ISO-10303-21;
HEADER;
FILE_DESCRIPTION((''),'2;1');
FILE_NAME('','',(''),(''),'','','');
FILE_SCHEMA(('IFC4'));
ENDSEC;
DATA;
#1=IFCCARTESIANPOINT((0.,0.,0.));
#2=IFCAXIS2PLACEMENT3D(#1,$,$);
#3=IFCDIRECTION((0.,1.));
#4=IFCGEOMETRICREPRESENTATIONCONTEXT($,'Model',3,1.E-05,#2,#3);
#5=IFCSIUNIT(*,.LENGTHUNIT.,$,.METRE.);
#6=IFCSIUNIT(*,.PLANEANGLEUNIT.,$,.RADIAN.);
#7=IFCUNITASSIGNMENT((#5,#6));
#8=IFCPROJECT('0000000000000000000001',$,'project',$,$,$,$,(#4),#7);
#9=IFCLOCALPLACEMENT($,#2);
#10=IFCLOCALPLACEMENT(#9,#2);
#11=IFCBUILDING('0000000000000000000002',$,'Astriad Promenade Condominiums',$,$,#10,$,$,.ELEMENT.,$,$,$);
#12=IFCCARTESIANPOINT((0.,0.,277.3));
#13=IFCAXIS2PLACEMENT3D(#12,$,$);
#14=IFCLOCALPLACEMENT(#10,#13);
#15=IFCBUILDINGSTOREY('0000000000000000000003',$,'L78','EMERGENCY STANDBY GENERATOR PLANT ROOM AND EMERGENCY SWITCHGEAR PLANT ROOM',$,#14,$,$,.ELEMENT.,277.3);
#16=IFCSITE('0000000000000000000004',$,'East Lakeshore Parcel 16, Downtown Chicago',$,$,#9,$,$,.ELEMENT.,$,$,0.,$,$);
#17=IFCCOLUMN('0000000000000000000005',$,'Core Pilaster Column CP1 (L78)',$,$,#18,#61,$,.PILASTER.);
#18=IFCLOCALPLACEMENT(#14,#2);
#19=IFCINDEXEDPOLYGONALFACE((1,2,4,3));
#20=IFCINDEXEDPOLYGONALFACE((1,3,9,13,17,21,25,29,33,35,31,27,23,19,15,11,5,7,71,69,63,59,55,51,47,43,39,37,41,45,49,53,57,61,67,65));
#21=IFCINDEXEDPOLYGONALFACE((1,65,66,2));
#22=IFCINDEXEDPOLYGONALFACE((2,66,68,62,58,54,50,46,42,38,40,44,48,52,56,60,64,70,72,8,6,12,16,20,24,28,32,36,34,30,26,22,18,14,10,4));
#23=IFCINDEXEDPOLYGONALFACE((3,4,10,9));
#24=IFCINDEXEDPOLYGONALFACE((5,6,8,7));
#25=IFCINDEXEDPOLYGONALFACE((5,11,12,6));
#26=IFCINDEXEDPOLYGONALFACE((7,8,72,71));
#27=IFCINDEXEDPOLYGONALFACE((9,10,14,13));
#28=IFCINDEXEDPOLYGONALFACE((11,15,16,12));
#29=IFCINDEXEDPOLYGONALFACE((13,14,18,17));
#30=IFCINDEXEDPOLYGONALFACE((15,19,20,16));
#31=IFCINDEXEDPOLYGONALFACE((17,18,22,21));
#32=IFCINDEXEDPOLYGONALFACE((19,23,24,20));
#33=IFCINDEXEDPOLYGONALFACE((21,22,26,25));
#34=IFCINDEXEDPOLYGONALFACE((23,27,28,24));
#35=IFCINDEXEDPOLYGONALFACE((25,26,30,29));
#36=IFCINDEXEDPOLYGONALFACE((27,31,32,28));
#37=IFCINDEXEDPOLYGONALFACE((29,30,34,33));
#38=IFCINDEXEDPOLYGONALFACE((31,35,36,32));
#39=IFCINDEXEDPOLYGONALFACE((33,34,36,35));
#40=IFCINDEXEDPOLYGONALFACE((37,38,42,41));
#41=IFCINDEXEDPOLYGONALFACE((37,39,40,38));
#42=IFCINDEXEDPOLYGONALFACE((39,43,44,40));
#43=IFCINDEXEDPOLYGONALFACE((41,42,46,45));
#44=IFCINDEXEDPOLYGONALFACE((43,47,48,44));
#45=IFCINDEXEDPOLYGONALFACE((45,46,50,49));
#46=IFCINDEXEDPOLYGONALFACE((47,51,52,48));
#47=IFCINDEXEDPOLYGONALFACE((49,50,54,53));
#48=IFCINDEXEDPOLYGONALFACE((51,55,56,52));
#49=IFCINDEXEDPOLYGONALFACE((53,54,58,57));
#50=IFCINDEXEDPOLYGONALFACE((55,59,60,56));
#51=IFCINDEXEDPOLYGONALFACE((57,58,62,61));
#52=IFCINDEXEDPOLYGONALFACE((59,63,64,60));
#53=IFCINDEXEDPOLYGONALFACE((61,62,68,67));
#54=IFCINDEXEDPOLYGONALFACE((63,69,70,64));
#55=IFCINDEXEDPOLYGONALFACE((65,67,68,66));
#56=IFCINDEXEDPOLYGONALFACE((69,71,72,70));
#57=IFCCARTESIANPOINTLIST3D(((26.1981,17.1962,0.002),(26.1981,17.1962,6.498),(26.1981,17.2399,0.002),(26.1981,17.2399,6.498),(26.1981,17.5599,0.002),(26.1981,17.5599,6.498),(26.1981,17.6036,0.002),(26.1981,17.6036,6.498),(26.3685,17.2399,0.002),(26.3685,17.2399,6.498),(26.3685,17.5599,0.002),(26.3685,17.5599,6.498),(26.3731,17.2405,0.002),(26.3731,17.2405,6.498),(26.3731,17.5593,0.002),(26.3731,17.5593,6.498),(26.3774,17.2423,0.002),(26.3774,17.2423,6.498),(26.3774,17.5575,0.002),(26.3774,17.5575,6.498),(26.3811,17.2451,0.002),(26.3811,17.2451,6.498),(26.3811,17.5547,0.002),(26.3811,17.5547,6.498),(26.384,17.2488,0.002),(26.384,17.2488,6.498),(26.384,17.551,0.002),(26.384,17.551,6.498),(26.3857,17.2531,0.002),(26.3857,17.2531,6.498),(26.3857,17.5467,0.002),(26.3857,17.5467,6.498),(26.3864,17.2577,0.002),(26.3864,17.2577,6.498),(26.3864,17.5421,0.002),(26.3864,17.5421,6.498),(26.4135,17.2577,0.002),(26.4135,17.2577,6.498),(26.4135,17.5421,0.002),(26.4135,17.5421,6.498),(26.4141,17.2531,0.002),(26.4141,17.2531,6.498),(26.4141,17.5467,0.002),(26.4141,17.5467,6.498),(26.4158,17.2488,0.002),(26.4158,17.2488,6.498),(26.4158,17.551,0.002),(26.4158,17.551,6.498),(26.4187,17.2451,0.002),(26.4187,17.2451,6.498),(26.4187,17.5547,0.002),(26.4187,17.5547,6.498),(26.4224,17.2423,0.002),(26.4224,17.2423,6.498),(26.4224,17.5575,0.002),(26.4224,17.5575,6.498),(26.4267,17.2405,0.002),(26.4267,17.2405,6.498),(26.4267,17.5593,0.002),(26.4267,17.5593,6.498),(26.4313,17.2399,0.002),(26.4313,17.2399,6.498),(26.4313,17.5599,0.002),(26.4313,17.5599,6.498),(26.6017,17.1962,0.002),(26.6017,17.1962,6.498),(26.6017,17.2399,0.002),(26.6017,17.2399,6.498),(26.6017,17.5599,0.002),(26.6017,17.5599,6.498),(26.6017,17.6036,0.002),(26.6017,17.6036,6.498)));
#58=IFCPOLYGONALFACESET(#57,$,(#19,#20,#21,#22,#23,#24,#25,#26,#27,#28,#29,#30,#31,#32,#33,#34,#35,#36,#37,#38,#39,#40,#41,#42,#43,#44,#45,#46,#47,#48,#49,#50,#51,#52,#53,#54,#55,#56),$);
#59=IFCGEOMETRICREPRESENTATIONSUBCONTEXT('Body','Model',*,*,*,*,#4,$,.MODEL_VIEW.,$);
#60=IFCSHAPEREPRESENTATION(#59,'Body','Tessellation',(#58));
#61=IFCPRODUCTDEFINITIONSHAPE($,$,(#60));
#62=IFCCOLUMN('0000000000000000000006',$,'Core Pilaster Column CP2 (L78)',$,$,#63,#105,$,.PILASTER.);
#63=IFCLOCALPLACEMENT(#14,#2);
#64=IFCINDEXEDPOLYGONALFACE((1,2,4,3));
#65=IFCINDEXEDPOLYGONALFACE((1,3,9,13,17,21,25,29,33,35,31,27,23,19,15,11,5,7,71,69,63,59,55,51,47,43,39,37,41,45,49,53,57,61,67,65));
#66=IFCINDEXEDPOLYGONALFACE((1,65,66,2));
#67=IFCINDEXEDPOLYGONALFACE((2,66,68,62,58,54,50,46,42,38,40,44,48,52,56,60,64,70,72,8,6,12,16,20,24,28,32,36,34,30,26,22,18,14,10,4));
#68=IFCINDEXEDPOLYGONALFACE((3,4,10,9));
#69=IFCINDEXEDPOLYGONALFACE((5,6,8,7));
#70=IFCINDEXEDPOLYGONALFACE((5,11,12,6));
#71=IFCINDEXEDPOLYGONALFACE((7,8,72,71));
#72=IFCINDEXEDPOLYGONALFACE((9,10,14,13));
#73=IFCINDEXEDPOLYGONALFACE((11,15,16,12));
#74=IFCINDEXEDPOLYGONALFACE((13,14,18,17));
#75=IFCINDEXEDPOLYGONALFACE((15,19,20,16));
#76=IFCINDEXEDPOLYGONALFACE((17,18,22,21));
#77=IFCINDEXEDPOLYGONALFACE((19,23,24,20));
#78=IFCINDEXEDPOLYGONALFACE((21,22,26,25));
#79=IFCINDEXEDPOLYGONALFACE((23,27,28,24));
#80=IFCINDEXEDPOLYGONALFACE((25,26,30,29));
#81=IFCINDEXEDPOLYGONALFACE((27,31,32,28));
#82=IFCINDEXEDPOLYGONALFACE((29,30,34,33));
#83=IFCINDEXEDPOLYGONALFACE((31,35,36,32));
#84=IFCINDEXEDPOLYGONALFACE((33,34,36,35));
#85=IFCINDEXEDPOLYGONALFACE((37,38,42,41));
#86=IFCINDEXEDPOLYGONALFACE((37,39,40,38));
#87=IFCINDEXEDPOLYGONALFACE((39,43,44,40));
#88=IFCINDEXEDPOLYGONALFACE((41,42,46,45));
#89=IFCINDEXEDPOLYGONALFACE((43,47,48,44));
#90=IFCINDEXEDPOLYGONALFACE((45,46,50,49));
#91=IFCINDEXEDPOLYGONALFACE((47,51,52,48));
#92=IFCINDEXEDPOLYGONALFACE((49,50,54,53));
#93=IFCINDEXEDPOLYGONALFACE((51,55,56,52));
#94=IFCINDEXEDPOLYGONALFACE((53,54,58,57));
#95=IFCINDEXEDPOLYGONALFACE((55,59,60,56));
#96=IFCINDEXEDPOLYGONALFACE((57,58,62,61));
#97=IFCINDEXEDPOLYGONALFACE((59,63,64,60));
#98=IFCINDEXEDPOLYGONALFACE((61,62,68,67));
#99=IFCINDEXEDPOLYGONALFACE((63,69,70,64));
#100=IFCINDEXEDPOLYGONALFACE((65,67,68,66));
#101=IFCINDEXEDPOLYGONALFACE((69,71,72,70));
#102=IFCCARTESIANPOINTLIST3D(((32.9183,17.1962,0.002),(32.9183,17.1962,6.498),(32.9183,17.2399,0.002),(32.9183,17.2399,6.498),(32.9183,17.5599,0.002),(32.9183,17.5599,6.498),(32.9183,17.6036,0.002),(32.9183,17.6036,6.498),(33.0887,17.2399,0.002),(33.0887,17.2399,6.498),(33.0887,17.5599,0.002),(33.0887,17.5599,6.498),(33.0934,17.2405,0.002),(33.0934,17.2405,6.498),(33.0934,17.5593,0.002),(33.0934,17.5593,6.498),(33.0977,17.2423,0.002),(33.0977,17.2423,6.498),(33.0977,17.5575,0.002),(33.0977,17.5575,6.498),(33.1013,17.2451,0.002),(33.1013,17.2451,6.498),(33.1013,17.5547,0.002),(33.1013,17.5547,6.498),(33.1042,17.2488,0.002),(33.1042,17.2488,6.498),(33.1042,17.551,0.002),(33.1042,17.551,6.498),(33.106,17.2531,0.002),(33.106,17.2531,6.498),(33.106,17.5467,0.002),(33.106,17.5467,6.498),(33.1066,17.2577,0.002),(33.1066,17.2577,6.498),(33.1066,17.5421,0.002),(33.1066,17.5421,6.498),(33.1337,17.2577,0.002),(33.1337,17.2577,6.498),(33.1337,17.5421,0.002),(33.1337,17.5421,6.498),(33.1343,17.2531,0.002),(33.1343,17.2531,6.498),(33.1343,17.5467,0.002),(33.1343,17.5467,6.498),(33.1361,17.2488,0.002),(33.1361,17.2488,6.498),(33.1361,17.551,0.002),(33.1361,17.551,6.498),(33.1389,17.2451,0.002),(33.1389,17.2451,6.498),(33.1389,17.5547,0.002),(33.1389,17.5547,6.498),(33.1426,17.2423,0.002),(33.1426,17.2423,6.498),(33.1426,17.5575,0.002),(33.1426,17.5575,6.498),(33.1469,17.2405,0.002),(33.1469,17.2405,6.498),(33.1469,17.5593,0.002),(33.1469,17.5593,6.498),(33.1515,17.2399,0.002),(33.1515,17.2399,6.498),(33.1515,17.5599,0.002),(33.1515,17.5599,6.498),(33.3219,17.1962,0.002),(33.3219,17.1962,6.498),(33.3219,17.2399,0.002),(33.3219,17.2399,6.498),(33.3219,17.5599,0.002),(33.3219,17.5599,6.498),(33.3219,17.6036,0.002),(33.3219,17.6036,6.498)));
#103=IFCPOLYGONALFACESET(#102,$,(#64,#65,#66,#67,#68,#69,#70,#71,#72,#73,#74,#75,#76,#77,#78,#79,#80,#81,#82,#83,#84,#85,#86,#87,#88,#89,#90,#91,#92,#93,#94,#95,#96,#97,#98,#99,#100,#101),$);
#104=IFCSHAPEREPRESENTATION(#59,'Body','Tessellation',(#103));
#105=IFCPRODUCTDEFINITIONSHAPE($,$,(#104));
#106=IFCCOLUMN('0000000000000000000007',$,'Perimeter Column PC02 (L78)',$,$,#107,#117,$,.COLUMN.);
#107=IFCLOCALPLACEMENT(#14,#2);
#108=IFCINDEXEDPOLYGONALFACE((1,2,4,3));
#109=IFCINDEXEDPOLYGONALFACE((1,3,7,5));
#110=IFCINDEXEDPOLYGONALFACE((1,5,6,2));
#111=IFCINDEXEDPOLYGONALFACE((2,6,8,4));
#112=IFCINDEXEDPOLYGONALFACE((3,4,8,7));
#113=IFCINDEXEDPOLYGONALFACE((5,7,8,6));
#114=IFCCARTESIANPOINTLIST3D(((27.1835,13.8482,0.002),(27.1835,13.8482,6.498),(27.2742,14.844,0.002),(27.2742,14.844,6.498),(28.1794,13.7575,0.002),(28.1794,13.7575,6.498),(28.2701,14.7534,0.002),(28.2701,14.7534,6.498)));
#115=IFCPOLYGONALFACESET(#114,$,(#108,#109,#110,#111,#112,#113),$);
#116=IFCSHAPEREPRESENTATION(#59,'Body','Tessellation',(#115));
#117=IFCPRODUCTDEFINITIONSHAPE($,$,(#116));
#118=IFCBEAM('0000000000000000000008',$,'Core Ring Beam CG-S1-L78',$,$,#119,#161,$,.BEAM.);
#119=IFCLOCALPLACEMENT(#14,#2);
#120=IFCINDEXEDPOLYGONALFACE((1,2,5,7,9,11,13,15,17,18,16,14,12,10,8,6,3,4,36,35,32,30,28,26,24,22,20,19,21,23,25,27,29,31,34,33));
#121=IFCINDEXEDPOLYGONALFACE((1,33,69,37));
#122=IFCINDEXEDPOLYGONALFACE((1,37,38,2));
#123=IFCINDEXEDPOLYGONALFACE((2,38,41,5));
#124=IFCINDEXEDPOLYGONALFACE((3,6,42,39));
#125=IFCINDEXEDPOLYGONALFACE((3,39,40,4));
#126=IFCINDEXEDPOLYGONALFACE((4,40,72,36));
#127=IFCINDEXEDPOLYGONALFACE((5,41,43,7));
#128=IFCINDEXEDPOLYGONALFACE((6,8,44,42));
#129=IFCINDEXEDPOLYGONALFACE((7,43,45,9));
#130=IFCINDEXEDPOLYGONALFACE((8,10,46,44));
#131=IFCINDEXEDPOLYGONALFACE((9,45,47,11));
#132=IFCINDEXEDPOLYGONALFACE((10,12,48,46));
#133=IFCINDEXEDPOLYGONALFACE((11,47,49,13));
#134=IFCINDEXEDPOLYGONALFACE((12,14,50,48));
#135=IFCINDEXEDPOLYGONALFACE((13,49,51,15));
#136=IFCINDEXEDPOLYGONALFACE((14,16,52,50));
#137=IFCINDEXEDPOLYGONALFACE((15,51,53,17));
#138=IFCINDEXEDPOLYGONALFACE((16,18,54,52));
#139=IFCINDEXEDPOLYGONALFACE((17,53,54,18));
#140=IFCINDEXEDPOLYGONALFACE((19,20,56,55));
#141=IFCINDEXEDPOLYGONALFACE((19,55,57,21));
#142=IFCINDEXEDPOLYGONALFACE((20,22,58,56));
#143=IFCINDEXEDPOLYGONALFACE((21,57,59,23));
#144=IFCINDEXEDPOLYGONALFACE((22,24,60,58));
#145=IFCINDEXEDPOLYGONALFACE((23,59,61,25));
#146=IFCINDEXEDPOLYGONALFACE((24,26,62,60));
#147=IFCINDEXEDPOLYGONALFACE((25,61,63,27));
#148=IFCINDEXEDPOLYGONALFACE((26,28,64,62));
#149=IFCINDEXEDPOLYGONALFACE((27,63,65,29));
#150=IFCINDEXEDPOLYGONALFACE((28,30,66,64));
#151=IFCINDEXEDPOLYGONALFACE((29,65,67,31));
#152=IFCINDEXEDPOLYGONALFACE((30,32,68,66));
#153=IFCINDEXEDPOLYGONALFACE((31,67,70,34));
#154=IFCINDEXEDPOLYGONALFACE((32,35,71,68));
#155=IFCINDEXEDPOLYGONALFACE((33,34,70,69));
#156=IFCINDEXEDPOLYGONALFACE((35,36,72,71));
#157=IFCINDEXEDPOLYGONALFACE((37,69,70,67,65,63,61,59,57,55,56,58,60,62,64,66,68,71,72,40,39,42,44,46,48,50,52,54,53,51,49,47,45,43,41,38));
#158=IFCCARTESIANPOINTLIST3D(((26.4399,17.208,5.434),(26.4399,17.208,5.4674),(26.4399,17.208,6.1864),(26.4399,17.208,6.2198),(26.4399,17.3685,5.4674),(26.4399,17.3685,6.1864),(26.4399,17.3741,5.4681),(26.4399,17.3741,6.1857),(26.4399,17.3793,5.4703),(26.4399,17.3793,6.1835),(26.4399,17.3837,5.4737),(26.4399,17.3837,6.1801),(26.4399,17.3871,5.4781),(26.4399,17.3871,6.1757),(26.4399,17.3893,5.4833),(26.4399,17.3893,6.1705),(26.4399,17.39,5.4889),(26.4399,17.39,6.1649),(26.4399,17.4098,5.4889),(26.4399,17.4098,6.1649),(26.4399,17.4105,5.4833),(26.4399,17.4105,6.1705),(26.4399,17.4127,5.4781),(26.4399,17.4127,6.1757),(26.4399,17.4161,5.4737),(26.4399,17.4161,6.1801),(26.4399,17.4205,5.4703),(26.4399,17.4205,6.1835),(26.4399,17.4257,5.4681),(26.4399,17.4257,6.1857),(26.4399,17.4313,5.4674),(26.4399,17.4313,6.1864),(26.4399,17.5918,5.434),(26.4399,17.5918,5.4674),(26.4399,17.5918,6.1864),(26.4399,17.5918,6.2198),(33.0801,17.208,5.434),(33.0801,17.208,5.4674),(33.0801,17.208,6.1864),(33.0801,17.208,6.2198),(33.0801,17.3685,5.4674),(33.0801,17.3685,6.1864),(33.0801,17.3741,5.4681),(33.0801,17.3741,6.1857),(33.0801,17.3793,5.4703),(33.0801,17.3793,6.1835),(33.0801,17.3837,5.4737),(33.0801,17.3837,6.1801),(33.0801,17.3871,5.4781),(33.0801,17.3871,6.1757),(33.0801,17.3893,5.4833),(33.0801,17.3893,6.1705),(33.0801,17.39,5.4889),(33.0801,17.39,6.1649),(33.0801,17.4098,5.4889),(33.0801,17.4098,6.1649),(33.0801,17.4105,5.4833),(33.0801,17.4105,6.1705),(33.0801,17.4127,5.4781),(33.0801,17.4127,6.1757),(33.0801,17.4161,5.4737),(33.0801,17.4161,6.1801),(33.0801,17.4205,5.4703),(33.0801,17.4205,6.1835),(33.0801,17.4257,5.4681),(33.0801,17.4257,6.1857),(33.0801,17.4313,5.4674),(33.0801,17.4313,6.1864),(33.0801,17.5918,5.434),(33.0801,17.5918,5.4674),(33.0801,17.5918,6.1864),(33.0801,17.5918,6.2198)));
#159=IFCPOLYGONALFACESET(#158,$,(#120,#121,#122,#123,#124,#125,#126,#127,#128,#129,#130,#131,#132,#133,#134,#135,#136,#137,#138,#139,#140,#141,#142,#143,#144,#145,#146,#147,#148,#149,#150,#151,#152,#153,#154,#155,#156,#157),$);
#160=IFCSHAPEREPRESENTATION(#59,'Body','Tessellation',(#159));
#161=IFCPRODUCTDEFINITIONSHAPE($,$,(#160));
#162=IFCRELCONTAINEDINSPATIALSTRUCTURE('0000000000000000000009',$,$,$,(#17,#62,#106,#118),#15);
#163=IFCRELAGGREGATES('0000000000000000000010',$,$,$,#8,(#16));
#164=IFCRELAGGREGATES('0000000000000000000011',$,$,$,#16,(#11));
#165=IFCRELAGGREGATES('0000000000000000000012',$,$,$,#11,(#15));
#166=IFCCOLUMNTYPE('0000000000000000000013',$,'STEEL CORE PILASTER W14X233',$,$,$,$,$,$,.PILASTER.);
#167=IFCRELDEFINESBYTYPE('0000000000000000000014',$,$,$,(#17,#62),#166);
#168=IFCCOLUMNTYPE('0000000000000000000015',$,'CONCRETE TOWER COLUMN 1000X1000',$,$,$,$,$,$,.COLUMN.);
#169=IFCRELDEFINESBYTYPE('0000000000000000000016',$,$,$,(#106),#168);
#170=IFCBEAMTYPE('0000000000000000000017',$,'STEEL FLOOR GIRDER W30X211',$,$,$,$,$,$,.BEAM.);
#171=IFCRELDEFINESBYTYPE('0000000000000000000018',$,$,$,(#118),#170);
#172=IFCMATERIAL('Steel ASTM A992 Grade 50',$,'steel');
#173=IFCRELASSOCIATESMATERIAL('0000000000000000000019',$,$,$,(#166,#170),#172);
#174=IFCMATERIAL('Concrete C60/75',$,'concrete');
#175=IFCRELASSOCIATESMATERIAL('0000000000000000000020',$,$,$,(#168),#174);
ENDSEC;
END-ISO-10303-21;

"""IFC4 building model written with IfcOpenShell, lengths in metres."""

from ifc_helpers import new_model, si_unit, direction, frame, origin, origin_2d, place, context, subcontext, project, spatial, rectangle, i_section, extrude, source, transform, mapped, material, material_profile, profile_set, type_object, type_shapes, element, save


model = new_model("IFC4")

# Units and contexts
model_context = context("Model", 3, precision=1e-05, world=origin(), true_north=direction((0.0, 1.0)))
body_context = subcontext(model_context, "Body", "Model", "MODEL_VIEW")
ifc_project = project(units=[si_unit("LENGTHUNIT", "METRE"), si_unit("PLANEANGLEUNIT", "RADIAN")], contexts=[model_context])

# Site, building, storey
site_placement = place(None, origin())
site = spatial("IfcSite", under=ifc_project, at=site_placement, Name="East Lakeshore Parcel 16, Downtown Chicago", CompositionType="ELEMENT", RefElevation=0.0)
building_placement = place(site_placement, origin())
building = spatial("IfcBuilding", under=site, at=building_placement, Name="Astriad Promenade Condominiums", CompositionType="ELEMENT")
storey_placement = place(building_placement, frame((0.0, 0.0, 277.3)))
storey = spatial("IfcBuildingStorey", under=building, at=storey_placement, Name="L78", Description="EMERGENCY STANDBY GENERATOR PLANT ROOM AND EMERGENCY SWITCHGEAR PLANT ROOM", CompositionType="ELEMENT", Elevation=277.3)

# Columns
ifc_material_1 = material(Name="Steel ASTM A992 Grade 50", Category="steel")
ifc_material_profile_1 = material_profile(ifc_material_1, i_section(OverallWidth=0.4036, OverallDepth=0.4075, WebThickness=0.0271, FlangeThickness=0.0437, FilletRadius=0.0178, at=origin_2d()), Name="W14X233")
ifc_profile_set_1 = profile_set([ifc_material_profile_1], Name="Steel ASTM A992 Grade 50")
column_type_1 = type_object("IfcColumnType", Name="STEEL CORE PILASTER W14X233", PredefinedType="PILASTER", material=ifc_profile_set_1)
shared_shape_1 = source(origin(), body_context, "Body", "SweptSolid", [
    extrude(i_section(OverallWidth=0.4036, OverallDepth=0.4075, WebThickness=0.0271, FlangeThickness=0.0437, FilletRadius=0.0178, at=origin_2d()), origin(), (0.0, 0.0, 1.0), 6.4961),
])
type_shapes(column_type_1, [shared_shape_1])
for number, where, z_axis, x_axis, name in (
    (1, (26.3999, 17.3999, 0.002), (0.0, 0.0, 1.0), (1.0, 0.0, 0.0), "Core Pilaster Column CP1 (L78)"),
    (2, (33.1201, 17.3999, 0.002), (0.0, 0.0, 1.0), (1.0, 0.0, 0.0), "Core Pilaster Column CP2 (L78)"),
):
    element("IfcColumn", number, at=place(storey_placement, frame(where, z_axis=z_axis, x_axis=x_axis)), inside=storey, type_object=column_type_1, Name=name, PredefinedType="PILASTER", context=body_context, shape_type="MappedRepresentation", body=[
        mapped(shared_shape_1, transform((0.0, 0.0, 0.0), scale=1.0)),
    ])
ifc_material_2 = material(Name="Concrete C60/75", Category="concrete")
ifc_material_profile_2 = material_profile(ifc_material_2, rectangle(XDim=1.0, YDim=1.0, at=origin_2d()), Name="RC-COL-1000X1000")
ifc_profile_set_2 = profile_set([ifc_material_profile_2], Name="Concrete C60/75")
column_type_2 = type_object("IfcColumnType", Name="CONCRETE TOWER COLUMN 1000X1000", PredefinedType="COLUMN", material=ifc_profile_set_2)
shared_shape_2 = source(origin(), body_context, "Body", "SweptSolid", [
    extrude(rectangle(XDim=1.0, YDim=1.0, at=origin_2d()), origin(), (0.0, 0.0, 1.0), 6.4961),
])
type_shapes(column_type_2, [shared_shape_2])
column_placement = place(storey_placement, frame((27.7268, 14.3008, 0.002), z_axis=(0.0, 0.0, 1.0), x_axis=(0.995884, -0.090633, 0.0)))
element("IfcColumn", 3, at=column_placement, inside=storey, type_object=column_type_2, Name="Perimeter Column PC02 (L78)", PredefinedType="COLUMN", context=body_context, shape_type="MappedRepresentation", body=[
    mapped(shared_shape_2, transform((0.0, 0.0, 0.0), scale=1.0)),
])

# Beam
ifc_material_profile_3 = material_profile(ifc_material_1, i_section(OverallWidth=0.3838, OverallDepth=0.7859, WebThickness=0.0198, FlangeThickness=0.0334, FilletRadius=0.0215, at=origin_2d()), Name="W30X211")
ifc_profile_set_3 = profile_set([ifc_material_profile_3], Name="Steel ASTM A992 Grade 50")
beam_type_1 = type_object("IfcBeamType", Name="STEEL FLOOR GIRDER W30X211", PredefinedType="BEAM", material=ifc_profile_set_3)
shared_shape_3 = source(origin(), body_context, "Body", "SweptSolid", [
    extrude(i_section(OverallWidth=0.3838, OverallDepth=0.7859, WebThickness=0.0198, FlangeThickness=0.0334, FilletRadius=0.0215, at=origin_2d()), origin(), (0.0, 0.0, 1.0), 6.6401),
])
type_shapes(beam_type_1, [shared_shape_3])
beam_1_placement = place(storey_placement, frame((26.4399, 17.3999, 5.8269), z_axis=(1.0, 0.0, 0.0), x_axis=(0.0, 1.0, 0.0)))
element("IfcBeam", 4, at=beam_1_placement, inside=storey, type_object=beam_type_1, Name="Core Ring Beam CG-S1-L78", PredefinedType="BEAM", context=body_context, shape_type="MappedRepresentation", body=[
    mapped(shared_shape_3, transform((0.0, 0.0, 0.0), scale=1.0)),
])

save(model, "model.ifc")
